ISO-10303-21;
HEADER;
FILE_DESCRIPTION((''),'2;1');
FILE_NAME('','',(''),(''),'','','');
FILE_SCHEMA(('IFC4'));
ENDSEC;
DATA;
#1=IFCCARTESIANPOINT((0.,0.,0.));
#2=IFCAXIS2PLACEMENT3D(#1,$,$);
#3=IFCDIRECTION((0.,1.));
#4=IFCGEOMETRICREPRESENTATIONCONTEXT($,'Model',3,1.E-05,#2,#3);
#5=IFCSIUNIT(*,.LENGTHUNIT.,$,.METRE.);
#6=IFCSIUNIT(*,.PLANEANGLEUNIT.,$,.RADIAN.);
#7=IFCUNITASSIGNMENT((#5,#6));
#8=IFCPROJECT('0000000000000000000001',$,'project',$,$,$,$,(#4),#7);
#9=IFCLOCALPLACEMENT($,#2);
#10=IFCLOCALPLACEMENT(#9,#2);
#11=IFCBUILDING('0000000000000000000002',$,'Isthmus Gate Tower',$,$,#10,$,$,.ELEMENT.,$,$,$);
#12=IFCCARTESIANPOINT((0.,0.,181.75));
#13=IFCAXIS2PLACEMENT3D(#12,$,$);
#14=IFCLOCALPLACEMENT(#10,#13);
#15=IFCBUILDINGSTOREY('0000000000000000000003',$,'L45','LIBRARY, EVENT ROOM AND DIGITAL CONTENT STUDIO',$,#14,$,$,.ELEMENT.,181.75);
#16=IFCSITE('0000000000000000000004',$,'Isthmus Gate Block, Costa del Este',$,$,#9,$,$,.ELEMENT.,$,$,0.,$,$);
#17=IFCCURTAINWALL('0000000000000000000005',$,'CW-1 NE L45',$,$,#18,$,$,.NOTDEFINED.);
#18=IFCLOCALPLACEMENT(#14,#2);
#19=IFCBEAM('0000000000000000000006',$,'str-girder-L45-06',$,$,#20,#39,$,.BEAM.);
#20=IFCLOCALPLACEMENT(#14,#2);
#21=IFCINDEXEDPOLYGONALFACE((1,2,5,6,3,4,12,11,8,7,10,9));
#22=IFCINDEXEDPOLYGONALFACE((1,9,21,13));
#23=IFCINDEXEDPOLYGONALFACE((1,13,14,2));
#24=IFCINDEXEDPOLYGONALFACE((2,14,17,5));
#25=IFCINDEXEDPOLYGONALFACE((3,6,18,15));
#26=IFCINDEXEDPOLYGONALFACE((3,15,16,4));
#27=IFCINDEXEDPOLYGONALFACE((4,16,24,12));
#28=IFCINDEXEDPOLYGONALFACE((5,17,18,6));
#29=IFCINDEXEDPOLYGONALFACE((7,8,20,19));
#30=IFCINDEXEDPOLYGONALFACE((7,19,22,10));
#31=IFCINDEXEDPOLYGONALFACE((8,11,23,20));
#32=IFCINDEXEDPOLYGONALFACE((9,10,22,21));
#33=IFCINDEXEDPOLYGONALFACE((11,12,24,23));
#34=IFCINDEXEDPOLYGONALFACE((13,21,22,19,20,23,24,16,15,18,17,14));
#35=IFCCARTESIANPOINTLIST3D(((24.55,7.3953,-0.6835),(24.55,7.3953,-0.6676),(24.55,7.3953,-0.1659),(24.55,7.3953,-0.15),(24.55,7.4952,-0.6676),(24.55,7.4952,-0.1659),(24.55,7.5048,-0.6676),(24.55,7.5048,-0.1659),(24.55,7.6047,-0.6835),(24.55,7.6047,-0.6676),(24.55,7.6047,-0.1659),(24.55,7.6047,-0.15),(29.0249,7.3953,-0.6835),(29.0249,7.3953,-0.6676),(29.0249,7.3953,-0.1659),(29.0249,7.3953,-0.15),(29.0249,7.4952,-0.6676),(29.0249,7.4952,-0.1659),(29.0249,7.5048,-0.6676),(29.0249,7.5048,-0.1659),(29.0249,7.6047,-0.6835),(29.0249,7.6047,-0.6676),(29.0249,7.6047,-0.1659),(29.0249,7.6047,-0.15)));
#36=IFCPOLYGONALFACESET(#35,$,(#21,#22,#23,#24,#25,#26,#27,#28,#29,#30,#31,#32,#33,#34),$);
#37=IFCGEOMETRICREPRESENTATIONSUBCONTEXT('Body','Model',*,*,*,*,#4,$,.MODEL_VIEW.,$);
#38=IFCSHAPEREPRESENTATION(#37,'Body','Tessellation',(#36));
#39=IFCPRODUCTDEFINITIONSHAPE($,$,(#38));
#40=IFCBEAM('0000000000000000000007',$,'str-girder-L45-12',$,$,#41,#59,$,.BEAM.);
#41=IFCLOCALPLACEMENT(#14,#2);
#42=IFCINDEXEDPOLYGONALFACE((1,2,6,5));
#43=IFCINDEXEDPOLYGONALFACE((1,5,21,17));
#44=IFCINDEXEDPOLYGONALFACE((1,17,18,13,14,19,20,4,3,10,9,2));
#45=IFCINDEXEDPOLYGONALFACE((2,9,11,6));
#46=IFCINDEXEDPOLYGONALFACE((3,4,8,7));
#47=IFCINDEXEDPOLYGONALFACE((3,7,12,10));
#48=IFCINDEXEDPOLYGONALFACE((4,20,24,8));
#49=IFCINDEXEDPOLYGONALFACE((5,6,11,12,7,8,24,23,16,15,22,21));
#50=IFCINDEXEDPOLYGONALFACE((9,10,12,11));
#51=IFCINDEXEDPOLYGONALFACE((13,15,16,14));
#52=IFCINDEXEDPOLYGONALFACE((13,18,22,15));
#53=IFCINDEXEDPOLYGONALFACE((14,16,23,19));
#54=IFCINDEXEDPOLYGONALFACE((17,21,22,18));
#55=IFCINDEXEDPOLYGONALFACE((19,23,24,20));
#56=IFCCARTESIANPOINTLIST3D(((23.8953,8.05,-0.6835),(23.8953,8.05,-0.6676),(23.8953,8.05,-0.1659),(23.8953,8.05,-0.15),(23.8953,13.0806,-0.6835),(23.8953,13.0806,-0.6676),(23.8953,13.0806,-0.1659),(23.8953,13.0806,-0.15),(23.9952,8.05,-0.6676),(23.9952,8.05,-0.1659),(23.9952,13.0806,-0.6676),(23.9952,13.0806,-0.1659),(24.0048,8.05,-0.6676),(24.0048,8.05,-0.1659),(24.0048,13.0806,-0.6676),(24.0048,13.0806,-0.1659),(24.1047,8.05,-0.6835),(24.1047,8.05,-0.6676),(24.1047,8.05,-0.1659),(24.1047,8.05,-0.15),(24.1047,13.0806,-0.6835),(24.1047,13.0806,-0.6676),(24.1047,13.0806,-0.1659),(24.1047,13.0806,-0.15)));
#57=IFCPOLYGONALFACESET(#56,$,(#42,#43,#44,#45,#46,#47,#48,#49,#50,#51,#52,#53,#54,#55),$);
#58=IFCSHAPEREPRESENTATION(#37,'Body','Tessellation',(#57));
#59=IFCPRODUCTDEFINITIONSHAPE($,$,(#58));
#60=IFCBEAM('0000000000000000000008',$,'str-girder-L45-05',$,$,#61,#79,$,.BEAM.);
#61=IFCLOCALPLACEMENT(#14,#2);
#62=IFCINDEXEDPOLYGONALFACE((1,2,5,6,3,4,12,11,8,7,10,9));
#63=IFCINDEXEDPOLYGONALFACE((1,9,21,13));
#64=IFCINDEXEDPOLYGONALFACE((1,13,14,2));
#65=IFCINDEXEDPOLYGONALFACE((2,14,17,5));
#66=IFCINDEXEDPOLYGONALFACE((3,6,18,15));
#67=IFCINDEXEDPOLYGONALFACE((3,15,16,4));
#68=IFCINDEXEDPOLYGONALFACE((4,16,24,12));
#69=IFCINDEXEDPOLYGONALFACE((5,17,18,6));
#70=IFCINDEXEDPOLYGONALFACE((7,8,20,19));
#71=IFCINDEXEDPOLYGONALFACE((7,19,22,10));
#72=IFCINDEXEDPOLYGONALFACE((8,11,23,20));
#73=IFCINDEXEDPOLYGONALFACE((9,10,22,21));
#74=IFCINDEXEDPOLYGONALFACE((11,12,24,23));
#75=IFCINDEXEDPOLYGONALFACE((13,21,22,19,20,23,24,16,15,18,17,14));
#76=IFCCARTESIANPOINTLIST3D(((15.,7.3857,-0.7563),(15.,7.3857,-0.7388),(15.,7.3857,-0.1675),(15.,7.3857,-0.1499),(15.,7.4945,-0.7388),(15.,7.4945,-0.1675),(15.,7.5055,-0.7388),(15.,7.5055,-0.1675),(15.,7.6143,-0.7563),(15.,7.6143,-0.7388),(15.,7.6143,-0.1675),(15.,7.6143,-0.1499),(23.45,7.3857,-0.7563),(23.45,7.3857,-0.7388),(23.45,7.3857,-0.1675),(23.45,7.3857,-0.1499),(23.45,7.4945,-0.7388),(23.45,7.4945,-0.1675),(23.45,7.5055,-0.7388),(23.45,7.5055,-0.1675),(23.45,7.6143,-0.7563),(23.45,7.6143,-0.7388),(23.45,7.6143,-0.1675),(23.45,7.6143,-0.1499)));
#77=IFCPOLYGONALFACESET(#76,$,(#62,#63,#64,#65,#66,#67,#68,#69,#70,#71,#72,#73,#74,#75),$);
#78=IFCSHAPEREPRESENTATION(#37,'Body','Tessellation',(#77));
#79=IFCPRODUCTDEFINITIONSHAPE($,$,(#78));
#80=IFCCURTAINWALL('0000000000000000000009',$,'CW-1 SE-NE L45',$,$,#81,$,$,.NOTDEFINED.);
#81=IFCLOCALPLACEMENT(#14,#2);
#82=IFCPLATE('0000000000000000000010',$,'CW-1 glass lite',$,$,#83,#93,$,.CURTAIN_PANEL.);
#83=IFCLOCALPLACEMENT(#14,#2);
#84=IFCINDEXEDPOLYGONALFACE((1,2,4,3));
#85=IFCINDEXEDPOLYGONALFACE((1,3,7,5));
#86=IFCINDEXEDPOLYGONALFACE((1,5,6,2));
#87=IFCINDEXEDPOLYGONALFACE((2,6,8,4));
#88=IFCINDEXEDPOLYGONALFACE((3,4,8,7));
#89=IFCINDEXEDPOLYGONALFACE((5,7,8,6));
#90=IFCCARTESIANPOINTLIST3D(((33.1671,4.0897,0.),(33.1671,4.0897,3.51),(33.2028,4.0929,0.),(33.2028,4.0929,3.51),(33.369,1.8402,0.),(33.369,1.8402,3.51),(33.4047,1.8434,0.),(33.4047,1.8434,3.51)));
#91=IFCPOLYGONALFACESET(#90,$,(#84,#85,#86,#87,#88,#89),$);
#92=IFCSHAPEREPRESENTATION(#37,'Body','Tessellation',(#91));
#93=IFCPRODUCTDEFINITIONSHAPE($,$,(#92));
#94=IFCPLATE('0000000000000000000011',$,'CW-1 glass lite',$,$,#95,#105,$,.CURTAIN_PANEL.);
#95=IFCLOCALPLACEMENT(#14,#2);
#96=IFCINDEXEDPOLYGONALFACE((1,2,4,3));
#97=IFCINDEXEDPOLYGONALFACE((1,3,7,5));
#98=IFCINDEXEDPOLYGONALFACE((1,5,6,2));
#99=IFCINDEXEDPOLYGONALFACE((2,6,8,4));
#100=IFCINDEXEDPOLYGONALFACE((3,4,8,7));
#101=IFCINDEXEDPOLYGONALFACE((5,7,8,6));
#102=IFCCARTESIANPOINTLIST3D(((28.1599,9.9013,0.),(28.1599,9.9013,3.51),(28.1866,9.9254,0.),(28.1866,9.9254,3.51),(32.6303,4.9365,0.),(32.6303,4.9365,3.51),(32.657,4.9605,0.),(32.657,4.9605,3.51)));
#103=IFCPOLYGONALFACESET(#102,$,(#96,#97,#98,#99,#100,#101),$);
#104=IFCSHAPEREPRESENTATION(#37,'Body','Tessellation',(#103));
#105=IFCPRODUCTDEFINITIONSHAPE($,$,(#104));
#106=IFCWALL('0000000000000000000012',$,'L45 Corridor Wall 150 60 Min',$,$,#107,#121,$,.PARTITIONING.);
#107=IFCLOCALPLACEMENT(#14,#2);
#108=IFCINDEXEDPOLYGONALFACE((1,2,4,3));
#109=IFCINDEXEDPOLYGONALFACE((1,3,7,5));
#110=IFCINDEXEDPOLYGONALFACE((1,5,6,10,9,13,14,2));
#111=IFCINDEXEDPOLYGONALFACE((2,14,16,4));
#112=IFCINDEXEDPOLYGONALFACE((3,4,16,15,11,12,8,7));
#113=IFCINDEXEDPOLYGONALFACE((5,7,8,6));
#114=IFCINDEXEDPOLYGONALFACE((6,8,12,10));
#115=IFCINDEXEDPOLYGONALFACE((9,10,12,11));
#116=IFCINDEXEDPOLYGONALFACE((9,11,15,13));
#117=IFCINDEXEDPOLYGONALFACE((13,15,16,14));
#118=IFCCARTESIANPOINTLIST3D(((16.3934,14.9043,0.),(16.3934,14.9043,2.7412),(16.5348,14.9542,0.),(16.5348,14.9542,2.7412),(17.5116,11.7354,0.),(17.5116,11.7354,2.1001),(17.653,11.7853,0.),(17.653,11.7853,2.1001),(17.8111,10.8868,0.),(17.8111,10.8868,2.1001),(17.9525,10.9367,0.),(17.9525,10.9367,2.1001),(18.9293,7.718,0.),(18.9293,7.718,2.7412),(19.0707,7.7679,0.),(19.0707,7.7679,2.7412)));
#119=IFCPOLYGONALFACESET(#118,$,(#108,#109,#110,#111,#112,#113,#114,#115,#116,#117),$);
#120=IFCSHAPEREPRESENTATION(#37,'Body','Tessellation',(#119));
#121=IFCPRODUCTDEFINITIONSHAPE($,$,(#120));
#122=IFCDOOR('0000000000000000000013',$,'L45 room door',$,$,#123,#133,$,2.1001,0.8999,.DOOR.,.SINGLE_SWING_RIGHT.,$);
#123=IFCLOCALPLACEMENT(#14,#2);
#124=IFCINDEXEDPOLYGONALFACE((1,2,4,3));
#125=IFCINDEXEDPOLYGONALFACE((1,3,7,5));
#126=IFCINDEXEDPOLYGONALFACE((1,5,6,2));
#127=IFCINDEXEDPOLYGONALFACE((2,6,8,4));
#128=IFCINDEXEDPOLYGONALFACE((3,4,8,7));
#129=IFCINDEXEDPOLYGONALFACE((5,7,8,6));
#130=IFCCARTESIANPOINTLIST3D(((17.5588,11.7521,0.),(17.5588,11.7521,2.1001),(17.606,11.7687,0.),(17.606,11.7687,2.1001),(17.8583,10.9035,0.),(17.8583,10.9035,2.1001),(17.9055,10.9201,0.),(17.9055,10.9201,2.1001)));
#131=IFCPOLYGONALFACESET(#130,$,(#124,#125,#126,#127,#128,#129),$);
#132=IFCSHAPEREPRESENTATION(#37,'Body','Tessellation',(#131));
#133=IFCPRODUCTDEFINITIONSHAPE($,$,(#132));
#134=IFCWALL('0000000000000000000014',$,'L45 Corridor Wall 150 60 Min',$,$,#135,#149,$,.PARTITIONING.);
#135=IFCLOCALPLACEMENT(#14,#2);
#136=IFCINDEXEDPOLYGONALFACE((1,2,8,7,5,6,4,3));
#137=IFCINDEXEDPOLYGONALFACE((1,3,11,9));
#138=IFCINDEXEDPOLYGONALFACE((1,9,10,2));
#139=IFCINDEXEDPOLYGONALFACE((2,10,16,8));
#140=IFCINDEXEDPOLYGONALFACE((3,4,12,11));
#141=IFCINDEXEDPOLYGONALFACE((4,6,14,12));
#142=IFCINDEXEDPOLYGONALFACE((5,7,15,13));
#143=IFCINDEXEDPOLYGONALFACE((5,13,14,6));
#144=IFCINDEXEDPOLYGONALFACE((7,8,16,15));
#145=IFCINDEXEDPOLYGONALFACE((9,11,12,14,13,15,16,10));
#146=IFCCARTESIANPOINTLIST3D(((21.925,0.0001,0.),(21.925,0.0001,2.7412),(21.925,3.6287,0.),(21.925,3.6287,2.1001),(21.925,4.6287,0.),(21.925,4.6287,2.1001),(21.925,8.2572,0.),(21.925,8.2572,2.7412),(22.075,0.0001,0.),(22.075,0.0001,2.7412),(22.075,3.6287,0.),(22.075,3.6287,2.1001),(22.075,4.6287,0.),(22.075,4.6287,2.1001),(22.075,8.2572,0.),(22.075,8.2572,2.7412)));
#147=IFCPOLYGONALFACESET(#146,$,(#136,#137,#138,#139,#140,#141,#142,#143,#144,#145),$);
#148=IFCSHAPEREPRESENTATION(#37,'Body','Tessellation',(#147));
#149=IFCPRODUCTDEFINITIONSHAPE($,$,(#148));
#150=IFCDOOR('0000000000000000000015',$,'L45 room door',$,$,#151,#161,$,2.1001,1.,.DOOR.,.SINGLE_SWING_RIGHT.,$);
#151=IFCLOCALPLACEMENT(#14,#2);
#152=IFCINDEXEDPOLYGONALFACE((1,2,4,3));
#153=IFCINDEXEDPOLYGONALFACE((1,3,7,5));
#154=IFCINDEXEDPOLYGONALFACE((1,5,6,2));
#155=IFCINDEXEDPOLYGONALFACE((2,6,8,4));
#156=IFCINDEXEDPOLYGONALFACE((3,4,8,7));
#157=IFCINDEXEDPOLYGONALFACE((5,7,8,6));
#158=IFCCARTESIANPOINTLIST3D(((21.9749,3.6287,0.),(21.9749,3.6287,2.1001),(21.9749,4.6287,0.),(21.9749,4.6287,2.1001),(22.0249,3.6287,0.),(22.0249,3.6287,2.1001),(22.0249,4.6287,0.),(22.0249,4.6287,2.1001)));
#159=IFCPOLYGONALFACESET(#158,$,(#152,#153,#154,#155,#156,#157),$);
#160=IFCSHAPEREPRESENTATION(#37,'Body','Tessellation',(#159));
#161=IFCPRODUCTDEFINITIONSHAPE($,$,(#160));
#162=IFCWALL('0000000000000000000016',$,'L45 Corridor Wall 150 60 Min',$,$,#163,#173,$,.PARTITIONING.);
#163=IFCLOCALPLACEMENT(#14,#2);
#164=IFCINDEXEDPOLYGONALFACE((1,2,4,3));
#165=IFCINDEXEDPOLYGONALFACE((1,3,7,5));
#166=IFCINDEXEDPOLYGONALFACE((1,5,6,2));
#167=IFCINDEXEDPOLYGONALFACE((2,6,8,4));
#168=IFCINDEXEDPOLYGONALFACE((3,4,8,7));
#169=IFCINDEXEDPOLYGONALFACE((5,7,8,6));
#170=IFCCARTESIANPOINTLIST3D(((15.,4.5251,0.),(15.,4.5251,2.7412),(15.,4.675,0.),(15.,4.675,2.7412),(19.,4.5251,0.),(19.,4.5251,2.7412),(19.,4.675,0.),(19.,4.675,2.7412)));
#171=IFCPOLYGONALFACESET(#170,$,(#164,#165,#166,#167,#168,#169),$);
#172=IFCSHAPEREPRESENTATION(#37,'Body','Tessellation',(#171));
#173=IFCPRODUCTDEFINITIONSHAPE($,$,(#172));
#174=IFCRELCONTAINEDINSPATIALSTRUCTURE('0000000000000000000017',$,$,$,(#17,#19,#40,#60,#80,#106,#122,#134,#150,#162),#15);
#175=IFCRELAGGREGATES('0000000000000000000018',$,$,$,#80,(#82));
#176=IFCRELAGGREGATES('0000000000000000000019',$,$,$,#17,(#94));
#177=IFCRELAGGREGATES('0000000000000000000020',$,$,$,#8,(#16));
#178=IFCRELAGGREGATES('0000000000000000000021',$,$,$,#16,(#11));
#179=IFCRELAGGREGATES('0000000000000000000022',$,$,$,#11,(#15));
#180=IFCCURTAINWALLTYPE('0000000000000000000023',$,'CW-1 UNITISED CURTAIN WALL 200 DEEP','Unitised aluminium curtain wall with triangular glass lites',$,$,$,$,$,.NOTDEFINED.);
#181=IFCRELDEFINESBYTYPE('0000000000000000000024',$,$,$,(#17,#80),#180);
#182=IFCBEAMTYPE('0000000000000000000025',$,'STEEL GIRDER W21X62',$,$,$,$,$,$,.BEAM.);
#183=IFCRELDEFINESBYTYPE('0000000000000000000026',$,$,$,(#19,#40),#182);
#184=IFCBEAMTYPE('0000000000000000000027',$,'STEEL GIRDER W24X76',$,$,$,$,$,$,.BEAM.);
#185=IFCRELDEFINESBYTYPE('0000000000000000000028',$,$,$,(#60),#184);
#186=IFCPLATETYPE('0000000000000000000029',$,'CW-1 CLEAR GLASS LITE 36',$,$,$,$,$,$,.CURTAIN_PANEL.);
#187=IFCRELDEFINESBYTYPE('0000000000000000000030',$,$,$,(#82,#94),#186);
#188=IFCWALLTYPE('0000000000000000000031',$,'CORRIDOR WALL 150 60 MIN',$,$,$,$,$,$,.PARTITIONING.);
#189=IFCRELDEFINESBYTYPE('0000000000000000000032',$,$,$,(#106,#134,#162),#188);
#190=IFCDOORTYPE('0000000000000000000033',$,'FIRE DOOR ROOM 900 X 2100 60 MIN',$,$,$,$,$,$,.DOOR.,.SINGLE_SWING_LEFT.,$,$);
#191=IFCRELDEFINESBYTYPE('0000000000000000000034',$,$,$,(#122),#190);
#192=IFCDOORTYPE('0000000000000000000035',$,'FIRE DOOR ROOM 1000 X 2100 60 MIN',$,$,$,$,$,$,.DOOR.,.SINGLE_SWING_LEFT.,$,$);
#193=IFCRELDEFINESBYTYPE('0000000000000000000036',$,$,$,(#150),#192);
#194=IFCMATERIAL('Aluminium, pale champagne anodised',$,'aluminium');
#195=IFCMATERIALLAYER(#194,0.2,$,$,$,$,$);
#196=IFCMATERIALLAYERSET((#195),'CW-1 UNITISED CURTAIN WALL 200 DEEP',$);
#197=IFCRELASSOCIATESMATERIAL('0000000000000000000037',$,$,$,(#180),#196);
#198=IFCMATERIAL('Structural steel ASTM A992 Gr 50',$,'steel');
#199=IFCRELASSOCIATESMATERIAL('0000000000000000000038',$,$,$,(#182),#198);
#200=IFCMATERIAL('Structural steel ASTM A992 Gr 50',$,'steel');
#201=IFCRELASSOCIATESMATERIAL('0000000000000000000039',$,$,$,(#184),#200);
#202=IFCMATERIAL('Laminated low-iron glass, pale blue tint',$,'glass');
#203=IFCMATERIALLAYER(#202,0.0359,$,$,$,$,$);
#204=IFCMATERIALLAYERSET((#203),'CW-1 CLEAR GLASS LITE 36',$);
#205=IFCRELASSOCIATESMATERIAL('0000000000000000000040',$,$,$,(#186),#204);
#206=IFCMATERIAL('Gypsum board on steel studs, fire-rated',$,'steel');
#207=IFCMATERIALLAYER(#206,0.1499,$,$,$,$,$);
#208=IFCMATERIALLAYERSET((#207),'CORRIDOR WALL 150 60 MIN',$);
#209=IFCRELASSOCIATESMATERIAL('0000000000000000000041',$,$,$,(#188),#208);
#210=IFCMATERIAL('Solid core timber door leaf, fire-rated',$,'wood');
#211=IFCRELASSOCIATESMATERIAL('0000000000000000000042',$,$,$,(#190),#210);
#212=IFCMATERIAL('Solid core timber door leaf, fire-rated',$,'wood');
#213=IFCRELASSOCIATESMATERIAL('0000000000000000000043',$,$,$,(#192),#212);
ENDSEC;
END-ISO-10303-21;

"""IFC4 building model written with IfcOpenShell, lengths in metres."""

from ifc_helpers import new_model, si_unit, direction, frame, frame_2d, origin, origin_2d, place, context, subcontext, project, spatial, rectangle, i_section, extrude, material, layer, layer_set, material_profile, profile_set, type_object, element, fill, aggregate, save


model = new_model("IFC4")

# Units and contexts
model_context = context("Model", 3, precision=1e-05, world=origin(), true_north=direction((0.0, 1.0)))
body_context = subcontext(model_context, "Body", "Model", "MODEL_VIEW")
ifc_project = project(units=[si_unit("LENGTHUNIT", "METRE"), si_unit("PLANEANGLEUNIT", "RADIAN")], contexts=[model_context])

# Site, building, storey
site_placement = place(None, origin())
site = spatial("IfcSite", under=ifc_project, at=site_placement, Name="Isthmus Gate Block, Costa del Este", CompositionType="ELEMENT", RefElevation=0.0)
building_placement = place(site_placement, origin())
building = spatial("IfcBuilding", under=site, at=building_placement, Name="Isthmus Gate Tower", CompositionType="ELEMENT")
storey_placement = place(building_placement, frame((0.0, 0.0, 181.75)))
storey = spatial("IfcBuildingStorey", under=building, at=storey_placement, Name="L45", Description="LIBRARY, EVENT ROOM AND DIGITAL CONTENT STUDIO", CompositionType="ELEMENT", Elevation=181.75)

# Curtain wall
ifc_material_1 = material(Name="Aluminium, pale champagne anodised", Category="aluminium")
ifc_layer_1 = layer(ifc_material_1, 0.2)
ifc_layer_set_1 = layer_set([ifc_layer_1], Name="CW-1 UNITISED CURTAIN WALL 200 DEEP")
curtain_wall_type = type_object("IfcCurtainWallType", Name="CW-1 UNITISED CURTAIN WALL 200 DEEP", Description="Unitised aluminium curtain wall with triangular glass lites", PredefinedType="NOTDEFINED", material=ifc_layer_set_1)
curtain_wall_1_placement = place(storey_placement, origin())
curtain_wall_1 = element("IfcCurtainWall", 1, at=curtain_wall_1_placement, inside=storey, type_object=curtain_wall_type, Name="CW-1 NE L45", PredefinedType="NOTDEFINED")

# Beams
ifc_material_2 = material(Name="Structural steel ASTM A992 Gr 50", Category="steel")
ifc_material_profile_1 = material_profile(ifc_material_2, i_section(OverallWidth=0.2095, OverallDepth=0.5334, WebThickness=0.0095, FlangeThickness=0.0159, at=origin_2d()), Name="W21X62")
ifc_profile_set_1 = profile_set([ifc_material_profile_1], Name="Structural steel ASTM A992 Gr 50")
beam_type_1 = type_object("IfcBeamType", Name="STEEL GIRDER W21X62", PredefinedType="BEAM", material=ifc_profile_set_1)
beam_1_placement = place(storey_placement, frame((24.55, 7.5, -0.4167), z_axis=(1.0, 0.0, 0.0), x_axis=(0.0, 1.0, 0.0)))
element("IfcBeam", 2, at=beam_1_placement, inside=storey, type_object=beam_type_1, Name="str-girder-L45-06", PredefinedType="BEAM", context=body_context, shape_type="SweptSolid", body=[
    extrude(i_section(OverallWidth=0.2095, OverallDepth=0.5334, WebThickness=0.0095, FlangeThickness=0.0159, at=origin_2d()), origin(), (0.0, 0.0, 1.0), 4.4749),
])
beam_2_placement = place(storey_placement, frame((24.0, 8.05, -0.4167), z_axis=(0.0, 1.0, 0.0), x_axis=(-1.0, 0.0, 0.0)))
element("IfcBeam", 3, at=beam_2_placement, inside=storey, type_object=beam_type_1, Name="str-girder-L45-12", PredefinedType="BEAM", context=body_context, shape_type="SweptSolid", body=[
    extrude(i_section(OverallWidth=0.2095, OverallDepth=0.5334, WebThickness=0.0095, FlangeThickness=0.0159, at=origin_2d()), origin(), (0.0, 0.0, 1.0), 5.0305),
])
ifc_material_3 = material(Name="Structural steel ASTM A992 Gr 50", Category="steel")
ifc_material_profile_2 = material_profile(ifc_material_3, i_section(OverallWidth=0.2285, OverallDepth=0.6064, WebThickness=0.011, FlangeThickness=0.0176, at=origin_2d()), Name="W24X76")
ifc_profile_set_2 = profile_set([ifc_material_profile_2], Name="Structural steel ASTM A992 Gr 50")
beam_type_2 = type_object("IfcBeamType", Name="STEEL GIRDER W24X76", PredefinedType="BEAM", material=ifc_profile_set_2)
beam_3_placement = place(storey_placement, frame((15.0, 7.5, -0.4531), z_axis=(1.0, 0.0, 0.0), x_axis=(0.0, 1.0, 0.0)))
element("IfcBeam", 4, at=beam_3_placement, inside=storey, type_object=beam_type_2, Name="str-girder-L45-05", PredefinedType="BEAM", context=body_context, shape_type="SweptSolid", body=[
    extrude(i_section(OverallWidth=0.2285, OverallDepth=0.6064, WebThickness=0.011, FlangeThickness=0.0176, at=origin_2d()), origin(), (0.0, 0.0, 1.0), 8.45),
])

# Curtain wall, plate
curtain_wall_2_placement = place(storey_placement, origin())
curtain_wall_2 = element("IfcCurtainWall", 5, at=curtain_wall_2_placement, inside=storey, type_object=curtain_wall_type, Name="CW-1 SE-NE L45", PredefinedType="NOTDEFINED")
ifc_material_4 = material(Name="Laminated low-iron glass, pale blue tint", Category="glass")
ifc_layer_2 = layer(ifc_material_4, 0.0359)
ifc_layer_set_2 = layer_set([ifc_layer_2], Name="CW-1 CLEAR GLASS LITE 36")
plate_type = type_object("IfcPlateType", Name="CW-1 CLEAR GLASS LITE 36", PredefinedType="CURTAIN_PANEL", material=ifc_layer_set_2)
plate_1_placement = place(storey_placement, frame((33.2859, 2.9666, 0.0), z_axis=(0.0, 0.0, 1.0), x_axis=(-0.089397, 0.995996, 0.0)))
plate_1 = element("IfcPlate", 6, at=plate_1_placement, type_object=plate_type, Name="CW-1 glass lite", PredefinedType="CURTAIN_PANEL", context=body_context, shape_type="SweptSolid", body=[
    extrude(rectangle(XDim=2.2585, YDim=0.0359, at=origin_2d()), origin(), (0.0, 0.0, 1.0), 3.51),
])
aggregate(curtain_wall_2, [plate_1])

# Plate
plate_2_placement = place(storey_placement, frame((30.4084, 7.4309, 0.0), z_axis=(0.0, 0.0, 1.0), x_axis=(-0.669131, 0.743145, 0.0)))
plate_2 = element("IfcPlate", 7, at=plate_2_placement, type_object=plate_type, Name="CW-1 glass lite", PredefinedType="CURTAIN_PANEL", context=body_context, shape_type="SweptSolid", body=[
    extrude(rectangle(XDim=6.6809, YDim=0.0359, at=origin_2d()), origin(), (0.0, 0.0, 1.0), 3.51),
])
aggregate(curtain_wall_1, [plate_2])

# Walls, openings, doors
ifc_material_5 = material(Name="Gypsum board on steel studs, fire-rated", Category="steel")
ifc_layer_3 = layer(ifc_material_5, 0.1499)
ifc_layer_set_3 = layer_set([ifc_layer_3], Name="CORRIDOR WALL 150 60 MIN")
wall_type = type_object("IfcWallType", Name="CORRIDOR WALL 150 60 MIN", PredefinedType="PARTITIONING", material=ifc_layer_set_3)
wall_1_placement = place(storey_placement, frame((19.0, 7.7429, 0.0), z_axis=(0.0, 0.0, 1.0), x_axis=(-0.332768, 0.943009, 0.0)))
wall_1 = element("IfcWall", 8, at=wall_1_placement, inside=storey, type_object=wall_type, Name="L45 Corridor Wall 150 60 Min", PredefinedType="PARTITIONING", context=body_context, shape_type="SweptSolid", body=[
    extrude(rectangle(XDim=7.6206, YDim=0.1499, at=frame_2d((3.8103, 0.0))), origin(), (0.0, 0.0, 1.0), 2.7412),
])
opening_1_placement = place(wall_1_placement, frame((3.3604, 0.0, 0.0)))
opening_1 = element("IfcOpeningElement", 9, at=opening_1_placement, cuts=wall_1, PredefinedType="OPENING", context=body_context, shape_type="SweptSolid", body=[
    extrude(rectangle(XDim=0.8999, YDim=2.1001, at=frame_2d((0.45, 1.05))), frame((0.0, 0.085, 0.0), z_axis=(0.0, -1.0, 0.0), x_axis=(1.0, 0.0, 0.0)), (0.0, 0.0, 1.0), 0.1699),
])
ifc_material_6 = material(Name="Solid core timber door leaf, fire-rated", Category="wood")
door_type_1 = type_object("IfcDoorType", Name="FIRE DOOR ROOM 900 X 2100 60 MIN", OperationType="SINGLE_SWING_LEFT", PredefinedType="DOOR", material=ifc_material_6)
door_1_placement = place(opening_1_placement, origin())
door_1 = element("IfcDoor", 10, at=door_1_placement, inside=storey, type_object=door_type_1, Name="L45 room door", OperationType="SINGLE_SWING_RIGHT", OverallHeight=2.1001, OverallWidth=0.8999, PredefinedType="DOOR", context=body_context, shape_type="SweptSolid", body=[
    extrude(rectangle(XDim=0.8999, YDim=2.1001, at=frame_2d((0.45, 1.05))), frame((0.0, 0.0249, 0.0), z_axis=(0.0, -1.0, 0.0), x_axis=(1.0, 0.0, 0.0)), (0.0, 0.0, 1.0), 0.05),
])
fill(opening_1, door_1)
wall_2_placement = place(storey_placement, frame((22.0, 8.2571, 0.0), z_axis=(0.0, 0.0, 1.0), x_axis=(0.0, -1.0, 0.0)))
wall_2 = element("IfcWall", 11, at=wall_2_placement, inside=storey, type_object=wall_type, Name="L45 Corridor Wall 150 60 Min", PredefinedType="PARTITIONING", context=body_context, shape_type="SweptSolid", body=[
    extrude(rectangle(XDim=8.2571, YDim=0.1499, at=frame_2d((4.1284, 0.0))), origin(), (0.0, 0.0, 1.0), 2.7412),
])
opening_2_placement = place(wall_2_placement, frame((3.6284, 0.0, 0.0)))
opening_2 = element("IfcOpeningElement", 12, at=opening_2_placement, cuts=wall_2, PredefinedType="OPENING", context=body_context, shape_type="SweptSolid", body=[
    extrude(rectangle(XDim=1.0, YDim=2.1001, at=frame_2d((0.5, 1.05))), frame((0.0, 0.085, 0.0), z_axis=(0.0, -1.0, 0.0), x_axis=(1.0, 0.0, 0.0)), (0.0, 0.0, 1.0), 0.1699),
])
ifc_material_7 = material(Name="Solid core timber door leaf, fire-rated", Category="wood")
door_type_2 = type_object("IfcDoorType", Name="FIRE DOOR ROOM 1000 X 2100 60 MIN", OperationType="SINGLE_SWING_LEFT", PredefinedType="DOOR", material=ifc_material_7)
door_2_placement = place(opening_2_placement, origin())
door_2 = element("IfcDoor", 13, at=door_2_placement, inside=storey, type_object=door_type_2, Name="L45 room door", OperationType="SINGLE_SWING_RIGHT", OverallHeight=2.1001, OverallWidth=1.0, PredefinedType="DOOR", context=body_context, shape_type="SweptSolid", body=[
    extrude(rectangle(XDim=1.0, YDim=2.1001, at=frame_2d((0.5, 1.05))), frame((0.0, 0.0249, 0.0), z_axis=(0.0, -1.0, 0.0), x_axis=(1.0, 0.0, 0.0)), (0.0, 0.0, 1.0), 0.05),
])
fill(opening_2, door_2)

# Wall
wall_3_placement = place(storey_placement, frame((15.0, 4.6001, 0.0), z_axis=(0.0, 0.0, 1.0), x_axis=(1.0, 0.0, 0.0)))
element("IfcWall", 14, at=wall_3_placement, inside=storey, type_object=wall_type, Name="L45 Corridor Wall 150 60 Min", PredefinedType="PARTITIONING", context=body_context, shape_type="SweptSolid", body=[
    extrude(rectangle(XDim=4.0, YDim=0.1499, at=frame_2d((2.0, 0.0))), origin(), (0.0, 0.0, 1.0), 2.7412),
])

save(model, "model.ifc")
